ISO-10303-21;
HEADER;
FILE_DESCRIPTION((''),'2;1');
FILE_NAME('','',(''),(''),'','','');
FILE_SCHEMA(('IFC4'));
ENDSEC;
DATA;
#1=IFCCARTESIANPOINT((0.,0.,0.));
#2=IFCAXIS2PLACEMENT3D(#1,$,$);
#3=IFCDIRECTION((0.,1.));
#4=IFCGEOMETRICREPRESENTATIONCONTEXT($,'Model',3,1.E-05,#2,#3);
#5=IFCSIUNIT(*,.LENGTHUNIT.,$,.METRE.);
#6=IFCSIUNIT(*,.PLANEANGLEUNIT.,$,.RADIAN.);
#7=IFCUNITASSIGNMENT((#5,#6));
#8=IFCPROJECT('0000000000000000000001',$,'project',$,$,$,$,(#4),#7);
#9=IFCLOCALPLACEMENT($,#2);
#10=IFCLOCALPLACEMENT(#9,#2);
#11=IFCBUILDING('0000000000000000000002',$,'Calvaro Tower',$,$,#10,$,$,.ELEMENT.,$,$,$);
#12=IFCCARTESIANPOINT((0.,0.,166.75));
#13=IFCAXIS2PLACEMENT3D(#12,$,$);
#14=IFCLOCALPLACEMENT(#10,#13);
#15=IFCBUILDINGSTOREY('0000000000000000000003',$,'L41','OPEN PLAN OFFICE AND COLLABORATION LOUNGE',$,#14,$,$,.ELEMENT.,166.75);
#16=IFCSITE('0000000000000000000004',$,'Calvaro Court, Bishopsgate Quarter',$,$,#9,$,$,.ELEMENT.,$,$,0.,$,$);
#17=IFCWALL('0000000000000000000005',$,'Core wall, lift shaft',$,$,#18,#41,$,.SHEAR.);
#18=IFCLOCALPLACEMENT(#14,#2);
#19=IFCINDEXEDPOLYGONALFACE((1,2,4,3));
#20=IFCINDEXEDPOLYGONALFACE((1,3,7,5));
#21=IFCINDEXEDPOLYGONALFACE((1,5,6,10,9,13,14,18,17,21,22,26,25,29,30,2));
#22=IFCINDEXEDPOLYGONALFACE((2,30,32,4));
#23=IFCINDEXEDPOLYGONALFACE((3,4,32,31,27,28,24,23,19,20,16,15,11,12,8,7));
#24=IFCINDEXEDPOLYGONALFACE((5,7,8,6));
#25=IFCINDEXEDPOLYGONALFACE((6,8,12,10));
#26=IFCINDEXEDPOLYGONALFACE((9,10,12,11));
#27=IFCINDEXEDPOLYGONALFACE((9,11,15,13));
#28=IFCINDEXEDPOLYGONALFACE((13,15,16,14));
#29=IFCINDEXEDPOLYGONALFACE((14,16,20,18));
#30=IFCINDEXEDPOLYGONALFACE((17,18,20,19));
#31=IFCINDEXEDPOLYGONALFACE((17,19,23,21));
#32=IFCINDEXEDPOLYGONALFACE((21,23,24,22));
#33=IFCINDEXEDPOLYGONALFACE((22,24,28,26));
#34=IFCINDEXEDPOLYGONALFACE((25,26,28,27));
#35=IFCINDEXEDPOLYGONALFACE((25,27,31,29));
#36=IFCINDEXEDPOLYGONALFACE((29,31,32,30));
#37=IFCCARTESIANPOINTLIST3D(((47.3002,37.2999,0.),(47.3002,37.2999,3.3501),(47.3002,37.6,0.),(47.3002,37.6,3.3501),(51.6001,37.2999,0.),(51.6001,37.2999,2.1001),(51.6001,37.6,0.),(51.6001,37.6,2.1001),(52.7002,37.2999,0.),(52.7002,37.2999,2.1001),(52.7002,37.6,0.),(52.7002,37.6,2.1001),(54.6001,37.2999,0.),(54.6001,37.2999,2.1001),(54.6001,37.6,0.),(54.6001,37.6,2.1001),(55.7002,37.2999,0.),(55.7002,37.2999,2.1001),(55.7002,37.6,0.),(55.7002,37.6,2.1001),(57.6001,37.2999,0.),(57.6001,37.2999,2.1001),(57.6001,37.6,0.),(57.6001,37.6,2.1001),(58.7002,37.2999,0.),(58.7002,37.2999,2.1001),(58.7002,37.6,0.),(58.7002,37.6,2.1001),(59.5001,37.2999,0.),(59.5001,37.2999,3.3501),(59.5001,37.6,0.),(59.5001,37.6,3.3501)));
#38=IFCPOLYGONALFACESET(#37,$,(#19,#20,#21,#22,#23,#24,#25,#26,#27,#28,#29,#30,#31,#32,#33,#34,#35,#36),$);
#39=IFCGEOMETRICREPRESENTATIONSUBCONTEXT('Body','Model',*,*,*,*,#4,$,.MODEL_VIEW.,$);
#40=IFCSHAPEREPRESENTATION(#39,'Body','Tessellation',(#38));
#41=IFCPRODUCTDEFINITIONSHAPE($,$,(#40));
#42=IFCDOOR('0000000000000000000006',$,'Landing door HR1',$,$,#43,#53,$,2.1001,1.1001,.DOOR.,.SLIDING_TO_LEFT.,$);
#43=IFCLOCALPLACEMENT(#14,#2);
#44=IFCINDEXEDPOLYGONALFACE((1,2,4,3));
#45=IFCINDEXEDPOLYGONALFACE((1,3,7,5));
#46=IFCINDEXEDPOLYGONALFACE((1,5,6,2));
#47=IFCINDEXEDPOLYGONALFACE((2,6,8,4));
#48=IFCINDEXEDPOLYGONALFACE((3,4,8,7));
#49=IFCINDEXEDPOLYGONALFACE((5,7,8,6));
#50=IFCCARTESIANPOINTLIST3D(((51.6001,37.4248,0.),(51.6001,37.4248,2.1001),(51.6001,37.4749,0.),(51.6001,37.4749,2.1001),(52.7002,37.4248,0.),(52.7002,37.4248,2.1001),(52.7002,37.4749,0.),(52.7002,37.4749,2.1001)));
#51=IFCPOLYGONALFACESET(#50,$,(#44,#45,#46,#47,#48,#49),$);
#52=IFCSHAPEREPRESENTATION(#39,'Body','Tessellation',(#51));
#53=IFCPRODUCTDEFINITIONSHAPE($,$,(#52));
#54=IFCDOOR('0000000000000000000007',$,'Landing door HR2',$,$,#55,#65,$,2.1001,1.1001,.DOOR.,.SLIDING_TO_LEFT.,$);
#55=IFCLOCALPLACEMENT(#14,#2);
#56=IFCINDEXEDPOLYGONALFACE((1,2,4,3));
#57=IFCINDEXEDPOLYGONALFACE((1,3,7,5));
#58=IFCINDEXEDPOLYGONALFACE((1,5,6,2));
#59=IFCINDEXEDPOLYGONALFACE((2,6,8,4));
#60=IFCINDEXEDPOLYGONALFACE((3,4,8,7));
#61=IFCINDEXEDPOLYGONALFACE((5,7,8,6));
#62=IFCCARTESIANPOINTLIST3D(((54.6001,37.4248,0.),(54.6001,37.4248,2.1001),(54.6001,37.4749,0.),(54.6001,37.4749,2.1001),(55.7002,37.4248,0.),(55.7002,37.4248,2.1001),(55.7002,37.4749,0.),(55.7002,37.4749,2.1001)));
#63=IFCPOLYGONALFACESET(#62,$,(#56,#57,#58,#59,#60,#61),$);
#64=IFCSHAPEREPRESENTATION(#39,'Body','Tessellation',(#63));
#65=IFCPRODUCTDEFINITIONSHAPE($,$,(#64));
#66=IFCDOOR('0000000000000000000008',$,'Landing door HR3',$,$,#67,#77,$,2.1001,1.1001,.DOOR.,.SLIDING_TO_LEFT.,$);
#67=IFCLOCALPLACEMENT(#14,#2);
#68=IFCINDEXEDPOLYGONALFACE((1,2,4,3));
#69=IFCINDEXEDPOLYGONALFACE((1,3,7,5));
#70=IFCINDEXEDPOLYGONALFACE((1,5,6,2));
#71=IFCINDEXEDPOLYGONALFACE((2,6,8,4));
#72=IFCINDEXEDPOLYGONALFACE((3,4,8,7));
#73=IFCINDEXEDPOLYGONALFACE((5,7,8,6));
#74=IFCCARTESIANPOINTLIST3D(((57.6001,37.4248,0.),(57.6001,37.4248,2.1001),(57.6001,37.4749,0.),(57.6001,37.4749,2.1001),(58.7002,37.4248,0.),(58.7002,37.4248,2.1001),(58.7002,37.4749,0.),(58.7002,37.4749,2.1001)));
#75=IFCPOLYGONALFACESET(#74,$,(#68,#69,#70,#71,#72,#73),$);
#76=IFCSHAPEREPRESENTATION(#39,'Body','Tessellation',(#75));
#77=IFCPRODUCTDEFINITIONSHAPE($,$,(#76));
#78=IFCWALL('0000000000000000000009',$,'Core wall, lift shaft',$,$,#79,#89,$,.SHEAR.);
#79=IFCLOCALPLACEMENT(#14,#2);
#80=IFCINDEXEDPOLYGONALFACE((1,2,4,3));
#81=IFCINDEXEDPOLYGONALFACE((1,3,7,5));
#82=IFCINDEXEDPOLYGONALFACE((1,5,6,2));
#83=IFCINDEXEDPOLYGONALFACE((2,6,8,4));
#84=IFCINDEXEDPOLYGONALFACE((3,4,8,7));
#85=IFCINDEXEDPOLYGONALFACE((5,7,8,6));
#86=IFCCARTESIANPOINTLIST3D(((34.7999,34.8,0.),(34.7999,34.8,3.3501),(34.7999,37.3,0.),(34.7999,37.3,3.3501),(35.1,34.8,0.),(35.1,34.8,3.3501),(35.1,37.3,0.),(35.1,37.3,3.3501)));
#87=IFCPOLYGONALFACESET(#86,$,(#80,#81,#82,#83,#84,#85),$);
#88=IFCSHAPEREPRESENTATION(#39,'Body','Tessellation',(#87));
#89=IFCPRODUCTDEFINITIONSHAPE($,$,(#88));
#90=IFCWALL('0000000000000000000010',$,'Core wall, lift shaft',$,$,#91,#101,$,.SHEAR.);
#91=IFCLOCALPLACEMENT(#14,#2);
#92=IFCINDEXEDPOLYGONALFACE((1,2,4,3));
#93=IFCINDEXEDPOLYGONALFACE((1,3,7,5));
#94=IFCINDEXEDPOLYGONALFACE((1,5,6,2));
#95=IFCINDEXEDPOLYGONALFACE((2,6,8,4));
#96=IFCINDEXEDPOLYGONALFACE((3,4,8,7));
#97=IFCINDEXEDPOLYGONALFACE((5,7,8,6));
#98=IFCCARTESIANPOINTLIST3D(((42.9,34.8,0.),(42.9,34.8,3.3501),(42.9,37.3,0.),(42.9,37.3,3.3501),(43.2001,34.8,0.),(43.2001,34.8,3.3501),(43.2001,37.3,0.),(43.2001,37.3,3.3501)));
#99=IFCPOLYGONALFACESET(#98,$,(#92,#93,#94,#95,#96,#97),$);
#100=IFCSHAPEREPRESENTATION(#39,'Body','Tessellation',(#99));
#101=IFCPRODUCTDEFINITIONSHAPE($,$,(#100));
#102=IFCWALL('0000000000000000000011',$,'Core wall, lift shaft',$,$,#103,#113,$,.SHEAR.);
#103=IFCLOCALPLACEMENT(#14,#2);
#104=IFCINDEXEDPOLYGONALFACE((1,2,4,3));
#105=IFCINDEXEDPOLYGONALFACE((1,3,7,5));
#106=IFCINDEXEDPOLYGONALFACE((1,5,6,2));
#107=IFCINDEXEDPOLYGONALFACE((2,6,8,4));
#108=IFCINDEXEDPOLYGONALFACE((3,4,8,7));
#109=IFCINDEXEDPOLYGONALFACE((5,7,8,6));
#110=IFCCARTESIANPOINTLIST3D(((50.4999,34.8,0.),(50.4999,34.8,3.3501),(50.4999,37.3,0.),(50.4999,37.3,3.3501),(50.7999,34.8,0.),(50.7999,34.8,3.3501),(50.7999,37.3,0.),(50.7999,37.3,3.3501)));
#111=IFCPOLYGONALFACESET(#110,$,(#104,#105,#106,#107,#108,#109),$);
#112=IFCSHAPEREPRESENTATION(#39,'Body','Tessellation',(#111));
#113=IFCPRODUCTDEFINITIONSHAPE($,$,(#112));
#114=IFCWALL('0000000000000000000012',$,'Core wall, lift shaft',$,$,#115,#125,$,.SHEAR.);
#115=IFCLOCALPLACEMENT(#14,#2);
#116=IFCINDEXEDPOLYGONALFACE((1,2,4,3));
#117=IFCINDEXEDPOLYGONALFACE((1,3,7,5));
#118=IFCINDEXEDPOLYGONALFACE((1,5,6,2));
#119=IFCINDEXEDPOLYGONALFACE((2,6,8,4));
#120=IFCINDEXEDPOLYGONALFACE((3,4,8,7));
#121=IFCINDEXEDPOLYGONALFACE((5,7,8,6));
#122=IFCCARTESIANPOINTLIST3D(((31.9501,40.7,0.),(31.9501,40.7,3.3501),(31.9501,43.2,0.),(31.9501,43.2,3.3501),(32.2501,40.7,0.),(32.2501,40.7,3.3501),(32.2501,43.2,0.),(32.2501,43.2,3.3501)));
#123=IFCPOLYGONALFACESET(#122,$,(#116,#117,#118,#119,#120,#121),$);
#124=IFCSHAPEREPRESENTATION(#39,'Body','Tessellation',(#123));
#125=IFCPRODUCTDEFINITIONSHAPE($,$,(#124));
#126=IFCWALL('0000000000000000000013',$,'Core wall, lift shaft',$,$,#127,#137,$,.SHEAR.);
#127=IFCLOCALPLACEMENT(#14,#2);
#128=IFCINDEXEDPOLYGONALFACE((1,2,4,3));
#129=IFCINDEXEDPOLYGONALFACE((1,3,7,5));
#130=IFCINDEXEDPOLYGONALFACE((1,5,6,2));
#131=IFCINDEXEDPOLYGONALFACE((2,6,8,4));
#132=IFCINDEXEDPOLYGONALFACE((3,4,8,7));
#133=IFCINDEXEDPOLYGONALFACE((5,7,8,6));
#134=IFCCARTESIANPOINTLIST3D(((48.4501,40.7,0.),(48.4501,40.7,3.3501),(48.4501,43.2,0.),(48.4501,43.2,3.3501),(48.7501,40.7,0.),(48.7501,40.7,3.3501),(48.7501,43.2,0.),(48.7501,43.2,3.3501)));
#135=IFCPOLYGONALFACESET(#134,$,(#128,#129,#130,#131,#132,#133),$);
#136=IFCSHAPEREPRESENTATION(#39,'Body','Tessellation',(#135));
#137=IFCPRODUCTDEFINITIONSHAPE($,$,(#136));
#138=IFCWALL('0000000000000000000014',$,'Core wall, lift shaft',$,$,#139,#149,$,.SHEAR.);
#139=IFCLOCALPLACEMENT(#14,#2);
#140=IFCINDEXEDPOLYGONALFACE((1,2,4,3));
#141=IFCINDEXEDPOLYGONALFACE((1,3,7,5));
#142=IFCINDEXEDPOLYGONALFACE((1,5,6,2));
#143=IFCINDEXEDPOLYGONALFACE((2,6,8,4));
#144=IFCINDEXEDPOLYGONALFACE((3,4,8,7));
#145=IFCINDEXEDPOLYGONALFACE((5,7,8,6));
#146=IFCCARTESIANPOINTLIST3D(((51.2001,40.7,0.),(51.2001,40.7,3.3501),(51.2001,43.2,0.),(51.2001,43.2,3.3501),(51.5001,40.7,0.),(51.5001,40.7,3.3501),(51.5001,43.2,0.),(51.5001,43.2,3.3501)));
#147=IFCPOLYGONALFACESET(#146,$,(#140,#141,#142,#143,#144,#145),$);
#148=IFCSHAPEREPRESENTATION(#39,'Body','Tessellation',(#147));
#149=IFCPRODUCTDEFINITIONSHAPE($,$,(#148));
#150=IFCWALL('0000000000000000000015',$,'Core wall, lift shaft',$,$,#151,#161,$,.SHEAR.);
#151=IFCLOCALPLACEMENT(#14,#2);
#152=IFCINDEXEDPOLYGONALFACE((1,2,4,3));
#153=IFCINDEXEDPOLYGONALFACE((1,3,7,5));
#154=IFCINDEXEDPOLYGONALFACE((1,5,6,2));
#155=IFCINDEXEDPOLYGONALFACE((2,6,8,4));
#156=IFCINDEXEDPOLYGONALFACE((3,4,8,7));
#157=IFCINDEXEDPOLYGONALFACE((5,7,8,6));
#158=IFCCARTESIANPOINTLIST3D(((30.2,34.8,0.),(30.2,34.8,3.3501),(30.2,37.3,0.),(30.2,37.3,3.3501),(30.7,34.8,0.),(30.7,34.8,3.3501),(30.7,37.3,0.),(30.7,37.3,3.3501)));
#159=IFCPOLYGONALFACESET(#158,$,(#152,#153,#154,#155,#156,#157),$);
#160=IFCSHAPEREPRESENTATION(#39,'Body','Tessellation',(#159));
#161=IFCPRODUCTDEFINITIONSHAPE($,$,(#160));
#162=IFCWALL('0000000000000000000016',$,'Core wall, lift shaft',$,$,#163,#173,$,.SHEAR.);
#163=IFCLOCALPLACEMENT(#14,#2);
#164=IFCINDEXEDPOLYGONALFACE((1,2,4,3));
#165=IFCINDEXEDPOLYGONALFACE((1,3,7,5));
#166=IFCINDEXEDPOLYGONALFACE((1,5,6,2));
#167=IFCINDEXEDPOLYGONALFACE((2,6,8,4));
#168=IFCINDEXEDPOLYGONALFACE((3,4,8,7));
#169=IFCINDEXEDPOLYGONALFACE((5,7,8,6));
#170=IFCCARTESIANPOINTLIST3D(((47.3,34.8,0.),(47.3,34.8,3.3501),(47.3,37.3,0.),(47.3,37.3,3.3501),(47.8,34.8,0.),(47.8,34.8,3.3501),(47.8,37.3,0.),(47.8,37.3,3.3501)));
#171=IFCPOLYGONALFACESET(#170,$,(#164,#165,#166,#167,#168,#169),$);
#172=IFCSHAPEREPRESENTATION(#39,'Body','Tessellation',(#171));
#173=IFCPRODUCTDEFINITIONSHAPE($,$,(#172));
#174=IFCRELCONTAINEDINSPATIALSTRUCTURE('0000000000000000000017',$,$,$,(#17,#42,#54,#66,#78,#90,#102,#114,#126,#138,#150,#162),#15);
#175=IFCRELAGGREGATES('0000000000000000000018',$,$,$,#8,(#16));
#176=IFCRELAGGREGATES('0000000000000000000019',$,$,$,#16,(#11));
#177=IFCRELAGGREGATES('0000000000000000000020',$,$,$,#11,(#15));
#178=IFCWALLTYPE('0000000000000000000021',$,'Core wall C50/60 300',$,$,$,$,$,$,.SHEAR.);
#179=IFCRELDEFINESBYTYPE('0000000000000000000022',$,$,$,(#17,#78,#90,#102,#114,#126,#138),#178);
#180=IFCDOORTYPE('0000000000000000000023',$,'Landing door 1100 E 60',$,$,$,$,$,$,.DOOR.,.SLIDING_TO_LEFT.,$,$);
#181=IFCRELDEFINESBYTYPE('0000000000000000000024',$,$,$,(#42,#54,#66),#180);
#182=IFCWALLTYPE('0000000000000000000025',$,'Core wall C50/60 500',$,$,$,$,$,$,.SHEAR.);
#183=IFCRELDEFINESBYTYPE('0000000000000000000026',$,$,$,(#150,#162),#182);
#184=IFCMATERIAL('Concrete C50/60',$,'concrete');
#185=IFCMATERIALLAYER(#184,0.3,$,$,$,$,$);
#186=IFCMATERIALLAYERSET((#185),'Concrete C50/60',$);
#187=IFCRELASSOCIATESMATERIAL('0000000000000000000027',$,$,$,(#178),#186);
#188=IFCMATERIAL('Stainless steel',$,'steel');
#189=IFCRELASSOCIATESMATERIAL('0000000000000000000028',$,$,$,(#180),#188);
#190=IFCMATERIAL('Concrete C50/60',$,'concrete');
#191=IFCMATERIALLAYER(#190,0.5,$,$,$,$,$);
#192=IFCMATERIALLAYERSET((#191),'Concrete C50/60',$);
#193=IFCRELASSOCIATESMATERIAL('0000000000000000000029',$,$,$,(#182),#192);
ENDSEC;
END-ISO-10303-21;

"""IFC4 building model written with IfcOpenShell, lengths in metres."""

from ifc_helpers import new_model, si_unit, direction, frame, frame_2d, origin, place, context, subcontext, project, spatial, rectangle, extrude, material, layer, layer_set, type_object, element, fill, save


model = new_model("IFC4")

# Units and contexts
model_context = context("Model", 3, precision=1e-05, world=origin(), true_north=direction((0.0, 1.0)))
body_context = subcontext(model_context, "Body", "Model", "MODEL_VIEW")
ifc_project = project(units=[si_unit("LENGTHUNIT", "METRE"), si_unit("PLANEANGLEUNIT", "RADIAN")], contexts=[model_context])

# Site, building, storey
site_placement = place(None, origin())
site = spatial("IfcSite", under=ifc_project, at=site_placement, Name="Calvaro Court, Bishopsgate Quarter", CompositionType="ELEMENT", RefElevation=0.0)
building_placement = place(site_placement, origin())
building = spatial("IfcBuilding", under=site, at=building_placement, Name="Calvaro Tower", CompositionType="ELEMENT")
storey_placement = place(building_placement, frame((0.0, 0.0, 166.75)))
storey = spatial("IfcBuildingStorey", under=building, at=storey_placement, Name="L41", Description="OPEN PLAN OFFICE AND COLLABORATION LOUNGE", CompositionType="ELEMENT", Elevation=166.75)

# Shared definitions
ifc_material_1 = material(Name="Concrete C50/60", Category="concrete")
ifc_layer_1 = layer(ifc_material_1, 0.3)
ifc_layer_set_1 = layer_set([ifc_layer_1], Name="Concrete C50/60")
wall_type_1 = type_object("IfcWallType", Name="Core wall C50/60 300", PredefinedType="SHEAR", material=ifc_layer_set_1)

# Shared definitions
ifc_material_2 = material(Name="Stainless steel", Category="steel")
door_type_1 = type_object("IfcDoorType", Name="Landing door 1100 E 60", OperationType="SLIDING_TO_LEFT", PredefinedType="DOOR", material=ifc_material_2)

# Wall, openings, doors
wall_1_placement = place(storey_placement, frame((47.3, 37.45, 0.0), z_axis=(0.0, 0.0, 1.0), x_axis=(1.0, 0.0, 0.0)))
wall_1 = element("IfcWall", 1, at=wall_1_placement, inside=storey, type_object=wall_type_1, Name="Core wall, lift shaft", PredefinedType="SHEAR", context=body_context, shape_type="SweptSolid", body=[
    extrude(rectangle(XDim=12.2, YDim=0.3, at=frame_2d((6.1001, 0.0))), origin(), (0.0, 0.0, 1.0), 3.3501),
])
opening_1_placement = place(wall_1_placement, frame((4.3, 0.0, 0.0)))
opening_1 = element("IfcOpeningElement", 2, at=opening_1_placement, cuts=wall_1, PredefinedType="OPENING", context=body_context, shape_type="SweptSolid", body=[
    extrude(rectangle(XDim=1.1001, YDim=2.1001, at=frame_2d((0.55, 1.05))), frame((0.0, 0.1599, 0.0), z_axis=(0.0, -1.0, 0.0), x_axis=(1.0, 0.0, 0.0)), (0.0, 0.0, 1.0), 0.3201),
])
opening_2_placement = place(wall_1_placement, frame((7.3, 0.0, 0.0)))
opening_2 = element("IfcOpeningElement", 3, at=opening_2_placement, cuts=wall_1, PredefinedType="OPENING", context=body_context, shape_type="SweptSolid", body=[
    extrude(rectangle(XDim=1.1001, YDim=2.1001, at=frame_2d((0.55, 1.05))), frame((0.0, 0.1599, 0.0), z_axis=(0.0, -1.0, 0.0), x_axis=(1.0, 0.0, 0.0)), (0.0, 0.0, 1.0), 0.3201),
])
opening_3_placement = place(wall_1_placement, frame((10.3, 0.0, 0.0)))
opening_3 = element("IfcOpeningElement", 4, at=opening_3_placement, cuts=wall_1, PredefinedType="OPENING", context=body_context, shape_type="SweptSolid", body=[
    extrude(rectangle(XDim=1.1001, YDim=2.1001, at=frame_2d((0.55, 1.05))), frame((0.0, 0.1599, 0.0), z_axis=(0.0, -1.0, 0.0), x_axis=(1.0, 0.0, 0.0)), (0.0, 0.0, 1.0), 0.3201),
])
door_1_placement = place(opening_1_placement, origin())
door_1 = element("IfcDoor", 5, at=door_1_placement, inside=storey, type_object=door_type_1, Name="Landing door HR1", OperationType="SLIDING_TO_LEFT", OverallHeight=2.1001, OverallWidth=1.1001, PredefinedType="DOOR", context=body_context, shape_type="SweptSolid", body=[
    extrude(rectangle(XDim=1.1001, YDim=2.1001, at=frame_2d((0.55, 1.05))), frame((0.0, 0.0249, 0.0), z_axis=(0.0, -1.0, 0.0), x_axis=(1.0, 0.0, 0.0)), (0.0, 0.0, 1.0), 0.05),
])
fill(opening_1, door_1)
door_2_placement = place(opening_2_placement, origin())
door_2 = element("IfcDoor", 6, at=door_2_placement, inside=storey, type_object=door_type_1, Name="Landing door HR2", OperationType="SLIDING_TO_LEFT", OverallHeight=2.1001, OverallWidth=1.1001, PredefinedType="DOOR", context=body_context, shape_type="SweptSolid", body=[
    extrude(rectangle(XDim=1.1001, YDim=2.1001, at=frame_2d((0.55, 1.05))), frame((0.0, 0.0249, 0.0), z_axis=(0.0, -1.0, 0.0), x_axis=(1.0, 0.0, 0.0)), (0.0, 0.0, 1.0), 0.05),
])
fill(opening_2, door_2)
door_3_placement = place(opening_3_placement, origin())
door_3 = element("IfcDoor", 7, at=door_3_placement, inside=storey, type_object=door_type_1, Name="Landing door HR3", OperationType="SLIDING_TO_LEFT", OverallHeight=2.1001, OverallWidth=1.1001, PredefinedType="DOOR", context=body_context, shape_type="SweptSolid", body=[
    extrude(rectangle(XDim=1.1001, YDim=2.1001, at=frame_2d((0.55, 1.05))), frame((0.0, 0.0249, 0.0), z_axis=(0.0, -1.0, 0.0), x_axis=(1.0, 0.0, 0.0)), (0.0, 0.0, 1.0), 0.05),
])
fill(opening_3, door_3)

# Walls
for number, where, z_axis, x_axis, name in (
    (8, (34.95, 34.8, 0.0), (0.0, 0.0, 1.0), (0.0, 1.0, 0.0), "Core wall, lift shaft"),
    (9, (43.05, 34.8, 0.0), (0.0, 0.0, 1.0), (0.0, 1.0, 0.0), "Core wall, lift shaft"),
    (10, (50.6499, 34.8, 0.0), (0.0, 0.0, 1.0), (0.0, 1.0, 0.0), "Core wall, lift shaft"),
    (11, (32.1001, 40.7, 0.0), (0.0, 0.0, 1.0), (0.0, 1.0, 0.0), "Core wall, lift shaft"),
    (12, (48.6001, 40.7, 0.0), (0.0, 0.0, 1.0), (0.0, 1.0, 0.0), "Core wall, lift shaft"),
    (13, (51.3501, 40.7, 0.0), (0.0, 0.0, 1.0), (0.0, 1.0, 0.0), "Core wall, lift shaft"),
):
    element("IfcWall", number, at=place(storey_placement, frame(where, z_axis=z_axis, x_axis=x_axis)), inside=storey, type_object=wall_type_1, Name=name, PredefinedType="SHEAR", context=body_context, shape_type="SweptSolid", body=[
        extrude(rectangle(XDim=2.5, YDim=0.3, at=frame_2d((1.25, 0.0))), origin(), (0.0, 0.0, 1.0), 3.3501),
    ])
ifc_material_3 = material(Name="Concrete C50/60", Category="concrete")
ifc_layer_2 = layer(ifc_material_3, 0.5)
ifc_layer_set_2 = layer_set([ifc_layer_2], Name="Concrete C50/60")
wall_type_2 = type_object("IfcWallType", Name="Core wall C50/60 500", PredefinedType="SHEAR", material=ifc_layer_set_2)
for number, where, z_axis, x_axis, name in (
    (14, (30.45, 34.8, 0.0), (0.0, 0.0, 1.0), (0.0, 1.0, 0.0), "Core wall, lift shaft"),
    (15, (47.55, 34.8, 0.0), (0.0, 0.0, 1.0), (0.0, 1.0, 0.0), "Core wall, lift shaft"),
):
    element("IfcWall", number, at=place(storey_placement, frame(where, z_axis=z_axis, x_axis=x_axis)), inside=storey, type_object=wall_type_2, Name=name, PredefinedType="SHEAR", context=body_context, shape_type="SweptSolid", body=[
        extrude(rectangle(XDim=2.5, YDim=0.5, at=frame_2d((1.25, 0.0))), origin(), (0.0, 0.0, 1.0), 3.3501),
    ])

save(model, "model.ifc")
